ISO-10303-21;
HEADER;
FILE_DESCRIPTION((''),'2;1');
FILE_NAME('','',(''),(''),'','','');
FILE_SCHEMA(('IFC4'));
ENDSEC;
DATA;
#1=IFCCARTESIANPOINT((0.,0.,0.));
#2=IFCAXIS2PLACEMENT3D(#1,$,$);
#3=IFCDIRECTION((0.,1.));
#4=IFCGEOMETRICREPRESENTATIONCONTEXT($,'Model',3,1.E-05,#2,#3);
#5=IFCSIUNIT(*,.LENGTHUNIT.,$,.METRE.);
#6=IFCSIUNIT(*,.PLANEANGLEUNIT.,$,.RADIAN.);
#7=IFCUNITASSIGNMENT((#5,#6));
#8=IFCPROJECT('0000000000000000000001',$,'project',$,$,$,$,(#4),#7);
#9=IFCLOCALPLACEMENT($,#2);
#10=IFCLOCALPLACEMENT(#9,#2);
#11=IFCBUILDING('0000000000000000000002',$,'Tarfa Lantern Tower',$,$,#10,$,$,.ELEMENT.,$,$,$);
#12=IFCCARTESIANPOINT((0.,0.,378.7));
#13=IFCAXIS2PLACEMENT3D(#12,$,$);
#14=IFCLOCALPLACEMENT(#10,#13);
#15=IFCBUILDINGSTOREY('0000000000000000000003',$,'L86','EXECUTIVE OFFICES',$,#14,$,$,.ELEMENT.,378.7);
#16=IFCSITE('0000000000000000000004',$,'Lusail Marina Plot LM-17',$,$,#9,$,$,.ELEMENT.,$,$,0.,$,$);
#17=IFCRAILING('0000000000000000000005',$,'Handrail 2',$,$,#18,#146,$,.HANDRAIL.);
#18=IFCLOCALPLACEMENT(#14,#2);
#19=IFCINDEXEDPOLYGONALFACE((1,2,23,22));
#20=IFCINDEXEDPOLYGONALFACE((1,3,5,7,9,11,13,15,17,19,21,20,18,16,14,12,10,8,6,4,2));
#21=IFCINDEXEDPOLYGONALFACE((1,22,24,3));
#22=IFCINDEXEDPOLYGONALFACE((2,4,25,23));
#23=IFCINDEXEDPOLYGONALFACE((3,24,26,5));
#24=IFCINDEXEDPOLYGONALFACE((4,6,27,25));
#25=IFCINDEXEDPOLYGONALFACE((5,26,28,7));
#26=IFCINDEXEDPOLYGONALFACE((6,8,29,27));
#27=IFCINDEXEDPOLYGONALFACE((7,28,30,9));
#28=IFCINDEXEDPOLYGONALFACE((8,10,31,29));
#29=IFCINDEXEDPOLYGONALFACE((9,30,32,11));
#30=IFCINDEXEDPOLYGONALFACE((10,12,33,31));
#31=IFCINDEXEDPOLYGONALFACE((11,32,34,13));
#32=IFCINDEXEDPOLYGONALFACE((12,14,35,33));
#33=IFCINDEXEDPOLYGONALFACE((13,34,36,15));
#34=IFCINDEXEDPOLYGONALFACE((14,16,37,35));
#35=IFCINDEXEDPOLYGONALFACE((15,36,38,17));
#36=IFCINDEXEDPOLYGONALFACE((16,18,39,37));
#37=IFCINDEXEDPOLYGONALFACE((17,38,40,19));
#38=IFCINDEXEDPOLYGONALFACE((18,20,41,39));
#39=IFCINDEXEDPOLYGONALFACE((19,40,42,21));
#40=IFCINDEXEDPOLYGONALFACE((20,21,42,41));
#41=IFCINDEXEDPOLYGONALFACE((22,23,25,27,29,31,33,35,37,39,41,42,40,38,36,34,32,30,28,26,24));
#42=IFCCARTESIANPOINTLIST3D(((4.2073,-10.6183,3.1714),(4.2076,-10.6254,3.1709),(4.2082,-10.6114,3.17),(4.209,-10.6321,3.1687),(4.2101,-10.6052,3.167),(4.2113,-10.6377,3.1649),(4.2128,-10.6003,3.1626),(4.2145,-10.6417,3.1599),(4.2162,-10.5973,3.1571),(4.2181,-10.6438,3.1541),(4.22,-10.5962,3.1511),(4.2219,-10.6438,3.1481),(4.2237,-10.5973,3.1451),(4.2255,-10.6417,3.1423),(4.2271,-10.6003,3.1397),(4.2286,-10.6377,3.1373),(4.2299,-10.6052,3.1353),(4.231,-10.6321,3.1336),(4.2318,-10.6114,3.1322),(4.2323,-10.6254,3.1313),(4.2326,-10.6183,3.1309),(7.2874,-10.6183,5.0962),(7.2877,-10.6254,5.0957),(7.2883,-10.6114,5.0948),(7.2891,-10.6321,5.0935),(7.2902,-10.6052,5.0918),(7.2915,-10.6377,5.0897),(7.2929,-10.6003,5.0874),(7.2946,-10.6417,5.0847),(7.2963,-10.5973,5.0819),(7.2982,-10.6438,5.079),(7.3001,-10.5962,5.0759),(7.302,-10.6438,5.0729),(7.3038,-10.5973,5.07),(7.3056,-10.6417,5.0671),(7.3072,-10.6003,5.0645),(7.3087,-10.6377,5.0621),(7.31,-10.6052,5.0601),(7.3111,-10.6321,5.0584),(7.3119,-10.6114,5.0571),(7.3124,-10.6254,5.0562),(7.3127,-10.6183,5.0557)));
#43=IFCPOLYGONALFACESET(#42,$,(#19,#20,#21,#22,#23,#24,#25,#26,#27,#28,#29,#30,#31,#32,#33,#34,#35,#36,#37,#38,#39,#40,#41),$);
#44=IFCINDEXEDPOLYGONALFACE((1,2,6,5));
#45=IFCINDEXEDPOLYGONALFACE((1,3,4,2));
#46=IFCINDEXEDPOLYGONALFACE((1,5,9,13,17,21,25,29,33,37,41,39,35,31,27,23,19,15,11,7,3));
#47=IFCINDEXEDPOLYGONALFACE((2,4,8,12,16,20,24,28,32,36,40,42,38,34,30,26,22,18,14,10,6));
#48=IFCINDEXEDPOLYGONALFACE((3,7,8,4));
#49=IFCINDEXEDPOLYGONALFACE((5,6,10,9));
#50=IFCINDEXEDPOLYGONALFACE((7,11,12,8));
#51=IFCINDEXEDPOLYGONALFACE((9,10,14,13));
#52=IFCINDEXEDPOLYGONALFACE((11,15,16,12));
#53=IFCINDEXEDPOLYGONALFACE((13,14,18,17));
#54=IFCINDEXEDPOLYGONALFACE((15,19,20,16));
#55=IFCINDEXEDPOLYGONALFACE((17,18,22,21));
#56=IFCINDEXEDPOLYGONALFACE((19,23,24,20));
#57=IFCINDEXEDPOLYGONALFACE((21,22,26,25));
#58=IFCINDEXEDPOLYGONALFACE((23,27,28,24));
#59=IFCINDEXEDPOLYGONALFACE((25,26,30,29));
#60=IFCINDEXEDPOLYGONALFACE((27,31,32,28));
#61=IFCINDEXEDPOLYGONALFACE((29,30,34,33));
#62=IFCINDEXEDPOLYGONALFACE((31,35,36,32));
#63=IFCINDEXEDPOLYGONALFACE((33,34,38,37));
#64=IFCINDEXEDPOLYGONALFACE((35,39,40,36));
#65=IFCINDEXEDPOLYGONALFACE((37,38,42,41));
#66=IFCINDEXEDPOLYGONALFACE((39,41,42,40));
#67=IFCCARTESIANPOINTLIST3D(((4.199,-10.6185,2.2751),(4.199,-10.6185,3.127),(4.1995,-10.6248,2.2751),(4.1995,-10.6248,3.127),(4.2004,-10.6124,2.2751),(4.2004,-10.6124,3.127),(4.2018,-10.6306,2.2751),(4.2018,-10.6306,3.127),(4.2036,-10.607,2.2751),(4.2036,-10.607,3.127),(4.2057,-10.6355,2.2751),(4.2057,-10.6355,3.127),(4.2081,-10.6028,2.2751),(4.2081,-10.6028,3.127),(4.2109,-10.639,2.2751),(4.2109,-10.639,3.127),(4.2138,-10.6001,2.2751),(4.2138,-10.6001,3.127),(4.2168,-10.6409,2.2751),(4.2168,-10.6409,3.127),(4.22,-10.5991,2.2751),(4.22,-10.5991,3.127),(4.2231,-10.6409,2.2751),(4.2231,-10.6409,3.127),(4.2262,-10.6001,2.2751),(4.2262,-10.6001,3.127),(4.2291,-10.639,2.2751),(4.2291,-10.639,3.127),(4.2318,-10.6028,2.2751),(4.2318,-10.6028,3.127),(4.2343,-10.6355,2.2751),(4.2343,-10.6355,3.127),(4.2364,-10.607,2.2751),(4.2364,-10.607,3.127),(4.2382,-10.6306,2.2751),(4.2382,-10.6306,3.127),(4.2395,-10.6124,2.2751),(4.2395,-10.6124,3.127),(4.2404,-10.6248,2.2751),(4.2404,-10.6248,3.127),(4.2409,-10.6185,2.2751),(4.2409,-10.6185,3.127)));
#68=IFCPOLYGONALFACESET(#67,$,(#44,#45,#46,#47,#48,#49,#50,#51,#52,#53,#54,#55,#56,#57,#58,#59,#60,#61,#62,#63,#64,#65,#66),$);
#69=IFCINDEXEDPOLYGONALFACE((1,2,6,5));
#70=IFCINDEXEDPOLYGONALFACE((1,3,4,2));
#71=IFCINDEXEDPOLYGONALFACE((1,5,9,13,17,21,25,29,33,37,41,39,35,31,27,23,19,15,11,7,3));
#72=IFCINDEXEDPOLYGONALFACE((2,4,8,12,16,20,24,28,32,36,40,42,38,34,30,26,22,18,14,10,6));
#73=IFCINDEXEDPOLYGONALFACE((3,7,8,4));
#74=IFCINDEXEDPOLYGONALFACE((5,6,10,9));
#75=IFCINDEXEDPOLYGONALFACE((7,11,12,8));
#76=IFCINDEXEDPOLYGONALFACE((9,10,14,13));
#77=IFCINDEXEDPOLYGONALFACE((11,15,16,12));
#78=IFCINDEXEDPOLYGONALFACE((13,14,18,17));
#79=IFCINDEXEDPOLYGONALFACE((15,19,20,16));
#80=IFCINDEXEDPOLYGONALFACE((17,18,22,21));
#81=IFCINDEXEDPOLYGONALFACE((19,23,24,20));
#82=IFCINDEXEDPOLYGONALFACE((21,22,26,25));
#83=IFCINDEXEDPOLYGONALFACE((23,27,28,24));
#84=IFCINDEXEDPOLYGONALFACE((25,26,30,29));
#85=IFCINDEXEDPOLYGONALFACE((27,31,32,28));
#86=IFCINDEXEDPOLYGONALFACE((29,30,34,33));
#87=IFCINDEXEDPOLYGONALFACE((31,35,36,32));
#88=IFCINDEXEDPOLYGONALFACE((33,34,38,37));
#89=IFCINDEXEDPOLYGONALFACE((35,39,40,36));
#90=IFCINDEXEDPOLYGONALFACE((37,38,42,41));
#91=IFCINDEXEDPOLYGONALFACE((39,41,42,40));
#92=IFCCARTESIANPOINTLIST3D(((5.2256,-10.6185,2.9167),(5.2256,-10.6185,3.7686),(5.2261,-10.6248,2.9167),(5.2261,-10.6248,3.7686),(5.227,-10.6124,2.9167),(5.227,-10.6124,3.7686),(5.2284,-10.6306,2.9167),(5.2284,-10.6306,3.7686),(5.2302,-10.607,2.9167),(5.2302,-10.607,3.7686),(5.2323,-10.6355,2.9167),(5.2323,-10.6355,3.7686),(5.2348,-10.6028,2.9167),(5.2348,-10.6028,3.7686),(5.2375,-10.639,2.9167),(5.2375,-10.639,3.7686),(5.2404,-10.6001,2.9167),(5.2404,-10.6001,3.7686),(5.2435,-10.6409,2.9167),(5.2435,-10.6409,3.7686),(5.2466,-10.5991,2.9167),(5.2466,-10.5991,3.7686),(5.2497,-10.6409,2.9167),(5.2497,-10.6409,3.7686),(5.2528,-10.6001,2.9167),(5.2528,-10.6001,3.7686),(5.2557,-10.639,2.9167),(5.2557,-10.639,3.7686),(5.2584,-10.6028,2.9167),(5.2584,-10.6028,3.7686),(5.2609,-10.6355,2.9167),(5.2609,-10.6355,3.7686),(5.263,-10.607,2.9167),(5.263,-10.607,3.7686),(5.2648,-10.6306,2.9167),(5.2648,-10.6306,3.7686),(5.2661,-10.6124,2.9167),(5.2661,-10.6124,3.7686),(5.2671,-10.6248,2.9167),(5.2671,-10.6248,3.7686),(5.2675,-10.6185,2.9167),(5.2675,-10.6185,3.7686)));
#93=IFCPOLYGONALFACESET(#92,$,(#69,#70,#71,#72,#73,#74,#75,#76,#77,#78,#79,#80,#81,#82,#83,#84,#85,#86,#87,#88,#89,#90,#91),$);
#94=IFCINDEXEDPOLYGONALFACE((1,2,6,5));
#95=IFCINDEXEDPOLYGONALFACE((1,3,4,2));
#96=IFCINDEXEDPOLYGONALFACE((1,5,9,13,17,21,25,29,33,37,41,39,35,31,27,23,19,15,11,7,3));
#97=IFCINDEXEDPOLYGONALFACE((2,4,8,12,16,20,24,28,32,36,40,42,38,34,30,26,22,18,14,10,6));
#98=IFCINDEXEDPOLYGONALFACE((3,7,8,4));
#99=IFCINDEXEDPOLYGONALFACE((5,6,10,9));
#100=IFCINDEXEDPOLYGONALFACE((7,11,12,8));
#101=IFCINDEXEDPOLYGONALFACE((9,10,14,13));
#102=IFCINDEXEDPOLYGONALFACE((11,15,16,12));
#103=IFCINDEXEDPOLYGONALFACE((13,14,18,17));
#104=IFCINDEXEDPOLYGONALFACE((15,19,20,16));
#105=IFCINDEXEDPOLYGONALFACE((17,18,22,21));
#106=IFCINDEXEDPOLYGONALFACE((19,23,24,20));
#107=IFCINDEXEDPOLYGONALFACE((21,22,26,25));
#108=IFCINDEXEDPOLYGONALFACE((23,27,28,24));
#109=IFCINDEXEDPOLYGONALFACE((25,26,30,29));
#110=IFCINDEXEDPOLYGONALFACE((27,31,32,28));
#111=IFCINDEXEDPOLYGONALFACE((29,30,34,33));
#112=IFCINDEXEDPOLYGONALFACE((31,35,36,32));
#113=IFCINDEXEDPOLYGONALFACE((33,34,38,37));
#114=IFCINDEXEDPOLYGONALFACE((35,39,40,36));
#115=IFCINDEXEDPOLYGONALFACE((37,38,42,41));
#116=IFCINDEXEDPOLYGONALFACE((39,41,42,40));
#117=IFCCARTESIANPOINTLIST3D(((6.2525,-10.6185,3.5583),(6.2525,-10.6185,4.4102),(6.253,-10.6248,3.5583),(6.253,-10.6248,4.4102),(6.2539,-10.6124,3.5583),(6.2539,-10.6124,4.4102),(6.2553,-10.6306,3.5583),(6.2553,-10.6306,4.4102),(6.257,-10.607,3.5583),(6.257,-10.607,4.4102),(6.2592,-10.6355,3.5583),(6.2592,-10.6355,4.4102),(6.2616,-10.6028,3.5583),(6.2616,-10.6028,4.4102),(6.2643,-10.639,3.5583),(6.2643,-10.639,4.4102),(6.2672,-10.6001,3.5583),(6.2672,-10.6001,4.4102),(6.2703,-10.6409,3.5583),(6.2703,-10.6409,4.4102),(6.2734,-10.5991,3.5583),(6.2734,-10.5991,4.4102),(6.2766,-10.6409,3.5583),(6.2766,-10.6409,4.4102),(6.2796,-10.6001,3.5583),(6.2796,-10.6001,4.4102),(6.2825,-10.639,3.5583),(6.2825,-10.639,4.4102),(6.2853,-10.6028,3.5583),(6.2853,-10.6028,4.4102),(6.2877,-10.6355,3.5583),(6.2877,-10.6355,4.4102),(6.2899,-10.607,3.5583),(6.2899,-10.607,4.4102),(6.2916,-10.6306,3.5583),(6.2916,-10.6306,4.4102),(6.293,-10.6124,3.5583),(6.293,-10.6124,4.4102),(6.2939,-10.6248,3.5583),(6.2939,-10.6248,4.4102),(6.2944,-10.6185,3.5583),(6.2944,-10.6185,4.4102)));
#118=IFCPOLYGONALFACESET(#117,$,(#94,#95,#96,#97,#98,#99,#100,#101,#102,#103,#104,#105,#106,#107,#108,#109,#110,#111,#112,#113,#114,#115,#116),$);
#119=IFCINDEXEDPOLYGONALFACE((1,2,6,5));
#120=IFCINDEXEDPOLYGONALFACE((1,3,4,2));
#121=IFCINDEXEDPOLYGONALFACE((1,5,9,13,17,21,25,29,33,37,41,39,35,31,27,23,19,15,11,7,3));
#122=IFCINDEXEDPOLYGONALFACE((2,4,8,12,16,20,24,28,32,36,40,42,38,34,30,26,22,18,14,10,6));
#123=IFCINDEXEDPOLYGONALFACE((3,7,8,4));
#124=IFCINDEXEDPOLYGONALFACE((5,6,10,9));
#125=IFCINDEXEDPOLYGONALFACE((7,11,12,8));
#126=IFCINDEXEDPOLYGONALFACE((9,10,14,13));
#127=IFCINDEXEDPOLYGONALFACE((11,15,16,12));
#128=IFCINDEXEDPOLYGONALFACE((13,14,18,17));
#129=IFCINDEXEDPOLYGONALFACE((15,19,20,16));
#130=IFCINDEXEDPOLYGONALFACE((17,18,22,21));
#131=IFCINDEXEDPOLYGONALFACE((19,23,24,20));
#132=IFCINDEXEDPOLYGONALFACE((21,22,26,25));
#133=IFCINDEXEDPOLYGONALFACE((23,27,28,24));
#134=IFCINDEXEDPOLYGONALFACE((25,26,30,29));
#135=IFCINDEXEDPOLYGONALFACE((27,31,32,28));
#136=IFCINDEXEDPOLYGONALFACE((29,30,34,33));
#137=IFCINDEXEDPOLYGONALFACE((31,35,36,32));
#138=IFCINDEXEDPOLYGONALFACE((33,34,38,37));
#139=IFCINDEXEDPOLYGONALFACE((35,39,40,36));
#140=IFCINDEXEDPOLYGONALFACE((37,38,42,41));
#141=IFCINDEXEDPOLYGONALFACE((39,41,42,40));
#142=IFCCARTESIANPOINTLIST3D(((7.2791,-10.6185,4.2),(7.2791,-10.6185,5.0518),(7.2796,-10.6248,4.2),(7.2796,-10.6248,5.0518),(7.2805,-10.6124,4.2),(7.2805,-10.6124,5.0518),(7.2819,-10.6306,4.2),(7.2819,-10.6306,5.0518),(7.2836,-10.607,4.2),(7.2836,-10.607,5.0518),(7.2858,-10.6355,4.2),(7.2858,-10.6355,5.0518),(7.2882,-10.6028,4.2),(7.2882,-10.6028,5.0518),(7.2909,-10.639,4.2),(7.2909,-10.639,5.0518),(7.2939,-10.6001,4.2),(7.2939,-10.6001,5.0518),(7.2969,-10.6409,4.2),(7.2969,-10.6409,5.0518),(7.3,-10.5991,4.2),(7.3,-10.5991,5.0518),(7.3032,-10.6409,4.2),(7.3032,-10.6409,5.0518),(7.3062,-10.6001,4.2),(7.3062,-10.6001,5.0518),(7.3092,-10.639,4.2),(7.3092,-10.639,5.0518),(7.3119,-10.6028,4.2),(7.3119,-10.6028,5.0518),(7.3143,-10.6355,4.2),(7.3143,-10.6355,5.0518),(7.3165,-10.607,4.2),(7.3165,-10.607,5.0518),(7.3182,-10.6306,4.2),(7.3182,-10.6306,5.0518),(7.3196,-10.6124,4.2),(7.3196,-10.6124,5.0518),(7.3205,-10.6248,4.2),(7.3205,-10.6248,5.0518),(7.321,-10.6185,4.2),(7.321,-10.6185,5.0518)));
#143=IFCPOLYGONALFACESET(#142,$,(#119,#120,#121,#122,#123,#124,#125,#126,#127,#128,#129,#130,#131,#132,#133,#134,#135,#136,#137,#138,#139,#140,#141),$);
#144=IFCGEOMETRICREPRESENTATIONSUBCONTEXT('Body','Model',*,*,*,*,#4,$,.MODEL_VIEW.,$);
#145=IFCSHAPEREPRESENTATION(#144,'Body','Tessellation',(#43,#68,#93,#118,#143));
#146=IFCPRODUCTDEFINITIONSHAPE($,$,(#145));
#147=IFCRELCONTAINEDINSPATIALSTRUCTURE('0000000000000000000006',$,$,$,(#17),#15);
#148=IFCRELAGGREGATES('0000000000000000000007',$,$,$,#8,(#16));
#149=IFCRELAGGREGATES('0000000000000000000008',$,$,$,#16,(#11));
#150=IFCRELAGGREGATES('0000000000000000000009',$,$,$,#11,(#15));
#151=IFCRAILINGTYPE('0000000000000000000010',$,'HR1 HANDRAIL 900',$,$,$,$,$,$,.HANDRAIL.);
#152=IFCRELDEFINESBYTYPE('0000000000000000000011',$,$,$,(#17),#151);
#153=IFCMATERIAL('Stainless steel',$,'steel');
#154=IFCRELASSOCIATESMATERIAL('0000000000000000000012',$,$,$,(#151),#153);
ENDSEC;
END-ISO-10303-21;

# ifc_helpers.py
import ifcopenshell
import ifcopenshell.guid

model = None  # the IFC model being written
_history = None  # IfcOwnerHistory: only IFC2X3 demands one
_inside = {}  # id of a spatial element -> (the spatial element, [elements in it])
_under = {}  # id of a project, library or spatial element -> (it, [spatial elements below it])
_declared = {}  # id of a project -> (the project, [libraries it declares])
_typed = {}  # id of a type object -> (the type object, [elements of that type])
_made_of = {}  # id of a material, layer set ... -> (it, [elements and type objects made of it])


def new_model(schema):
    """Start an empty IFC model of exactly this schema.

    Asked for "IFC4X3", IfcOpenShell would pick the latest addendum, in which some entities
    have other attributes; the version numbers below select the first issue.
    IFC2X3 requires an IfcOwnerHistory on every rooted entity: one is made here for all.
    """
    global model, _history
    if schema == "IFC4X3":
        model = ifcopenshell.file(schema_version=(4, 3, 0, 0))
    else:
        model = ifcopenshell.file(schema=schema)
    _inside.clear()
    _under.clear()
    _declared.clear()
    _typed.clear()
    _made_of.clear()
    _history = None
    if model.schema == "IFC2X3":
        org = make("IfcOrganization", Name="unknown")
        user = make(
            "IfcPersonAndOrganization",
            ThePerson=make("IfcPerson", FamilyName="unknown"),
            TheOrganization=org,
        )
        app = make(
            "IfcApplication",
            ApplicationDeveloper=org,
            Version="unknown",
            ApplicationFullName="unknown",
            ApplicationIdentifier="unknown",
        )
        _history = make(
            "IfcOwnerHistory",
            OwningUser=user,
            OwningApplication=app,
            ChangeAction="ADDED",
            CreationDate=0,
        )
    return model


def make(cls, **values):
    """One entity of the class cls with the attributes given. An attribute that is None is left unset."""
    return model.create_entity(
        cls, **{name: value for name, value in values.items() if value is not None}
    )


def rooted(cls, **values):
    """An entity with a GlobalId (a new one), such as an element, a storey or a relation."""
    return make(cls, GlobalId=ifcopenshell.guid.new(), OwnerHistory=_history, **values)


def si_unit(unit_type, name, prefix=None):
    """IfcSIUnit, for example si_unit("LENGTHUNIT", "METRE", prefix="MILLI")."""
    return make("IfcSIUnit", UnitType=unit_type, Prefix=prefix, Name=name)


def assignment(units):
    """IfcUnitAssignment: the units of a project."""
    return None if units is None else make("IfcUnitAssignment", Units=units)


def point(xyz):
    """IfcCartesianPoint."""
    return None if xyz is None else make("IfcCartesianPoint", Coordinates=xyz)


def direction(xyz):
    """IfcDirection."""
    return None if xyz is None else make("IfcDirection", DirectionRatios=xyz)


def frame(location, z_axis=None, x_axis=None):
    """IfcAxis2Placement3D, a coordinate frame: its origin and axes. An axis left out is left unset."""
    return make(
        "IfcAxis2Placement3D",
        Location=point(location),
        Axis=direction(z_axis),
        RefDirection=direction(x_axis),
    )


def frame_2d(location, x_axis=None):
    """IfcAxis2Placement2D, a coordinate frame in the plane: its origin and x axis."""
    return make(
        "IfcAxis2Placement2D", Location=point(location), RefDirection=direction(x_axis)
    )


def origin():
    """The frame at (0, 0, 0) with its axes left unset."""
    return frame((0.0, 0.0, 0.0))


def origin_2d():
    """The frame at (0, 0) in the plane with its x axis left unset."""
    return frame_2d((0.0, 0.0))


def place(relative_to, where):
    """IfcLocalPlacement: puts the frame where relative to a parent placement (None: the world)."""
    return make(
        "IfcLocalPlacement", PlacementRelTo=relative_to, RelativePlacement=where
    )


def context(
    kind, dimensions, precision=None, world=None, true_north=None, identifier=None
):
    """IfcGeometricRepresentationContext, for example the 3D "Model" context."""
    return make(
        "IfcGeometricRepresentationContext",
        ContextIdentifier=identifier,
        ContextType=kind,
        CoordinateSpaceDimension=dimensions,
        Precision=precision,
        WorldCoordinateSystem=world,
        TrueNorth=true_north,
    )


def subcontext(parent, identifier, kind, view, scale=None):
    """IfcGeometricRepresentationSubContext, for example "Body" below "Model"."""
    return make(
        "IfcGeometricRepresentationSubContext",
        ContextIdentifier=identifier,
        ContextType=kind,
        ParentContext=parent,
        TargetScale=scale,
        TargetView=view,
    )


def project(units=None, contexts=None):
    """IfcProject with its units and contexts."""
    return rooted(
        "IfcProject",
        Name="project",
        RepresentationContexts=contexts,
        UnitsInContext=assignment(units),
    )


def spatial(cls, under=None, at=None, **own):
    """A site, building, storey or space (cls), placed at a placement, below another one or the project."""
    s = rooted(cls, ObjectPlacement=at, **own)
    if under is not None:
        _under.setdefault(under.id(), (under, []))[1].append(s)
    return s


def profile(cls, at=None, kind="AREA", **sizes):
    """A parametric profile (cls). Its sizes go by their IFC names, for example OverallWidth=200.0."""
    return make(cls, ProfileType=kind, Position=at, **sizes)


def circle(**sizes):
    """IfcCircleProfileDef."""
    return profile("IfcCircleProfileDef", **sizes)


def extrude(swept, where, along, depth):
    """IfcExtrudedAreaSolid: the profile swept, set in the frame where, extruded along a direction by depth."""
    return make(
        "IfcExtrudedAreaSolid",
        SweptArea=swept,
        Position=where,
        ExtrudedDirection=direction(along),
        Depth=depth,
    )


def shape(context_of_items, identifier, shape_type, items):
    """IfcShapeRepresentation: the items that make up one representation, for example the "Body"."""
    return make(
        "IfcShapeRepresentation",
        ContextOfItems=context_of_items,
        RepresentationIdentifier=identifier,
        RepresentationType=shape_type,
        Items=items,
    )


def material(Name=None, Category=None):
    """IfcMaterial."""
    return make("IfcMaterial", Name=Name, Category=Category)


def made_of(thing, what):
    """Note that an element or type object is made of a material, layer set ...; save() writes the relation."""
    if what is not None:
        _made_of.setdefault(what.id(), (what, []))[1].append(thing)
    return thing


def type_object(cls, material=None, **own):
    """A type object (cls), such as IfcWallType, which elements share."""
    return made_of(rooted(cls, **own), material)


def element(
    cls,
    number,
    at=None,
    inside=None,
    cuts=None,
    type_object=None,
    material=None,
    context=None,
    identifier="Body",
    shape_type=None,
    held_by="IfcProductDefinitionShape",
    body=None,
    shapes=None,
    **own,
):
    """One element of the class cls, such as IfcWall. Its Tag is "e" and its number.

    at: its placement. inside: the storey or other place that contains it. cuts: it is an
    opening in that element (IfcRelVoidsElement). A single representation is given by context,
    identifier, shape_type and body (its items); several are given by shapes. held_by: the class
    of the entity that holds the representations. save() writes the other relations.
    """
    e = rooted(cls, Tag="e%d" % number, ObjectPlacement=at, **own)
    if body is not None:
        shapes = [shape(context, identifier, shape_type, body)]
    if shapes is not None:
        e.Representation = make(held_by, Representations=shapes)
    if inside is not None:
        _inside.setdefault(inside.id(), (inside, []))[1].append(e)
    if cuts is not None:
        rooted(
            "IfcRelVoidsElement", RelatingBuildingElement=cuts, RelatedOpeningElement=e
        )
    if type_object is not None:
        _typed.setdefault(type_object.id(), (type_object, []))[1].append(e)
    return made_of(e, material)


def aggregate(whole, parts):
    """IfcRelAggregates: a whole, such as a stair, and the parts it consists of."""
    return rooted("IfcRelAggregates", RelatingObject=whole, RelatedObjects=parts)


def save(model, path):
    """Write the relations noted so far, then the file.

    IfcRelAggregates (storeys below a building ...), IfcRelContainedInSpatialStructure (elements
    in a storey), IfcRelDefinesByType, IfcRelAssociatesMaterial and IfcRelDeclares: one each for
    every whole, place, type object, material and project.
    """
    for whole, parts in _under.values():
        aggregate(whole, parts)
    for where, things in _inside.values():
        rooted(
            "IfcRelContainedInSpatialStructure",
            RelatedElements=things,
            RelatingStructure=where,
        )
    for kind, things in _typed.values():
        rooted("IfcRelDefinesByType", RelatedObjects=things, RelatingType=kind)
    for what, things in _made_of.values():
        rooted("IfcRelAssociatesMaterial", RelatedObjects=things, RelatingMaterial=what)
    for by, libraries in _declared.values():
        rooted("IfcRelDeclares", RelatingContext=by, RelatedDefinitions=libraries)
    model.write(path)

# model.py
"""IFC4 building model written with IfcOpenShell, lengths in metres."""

from ifc_helpers import new_model, si_unit, direction, frame, origin, origin_2d, place, context, subcontext, project, spatial, circle, extrude, material, type_object, element, save


model = new_model("IFC4")

# Units and contexts
model_context = context("Model", 3, precision=1e-05, world=origin(), true_north=direction((0.0, 1.0)))
body_context = subcontext(model_context, "Body", "Model", "MODEL_VIEW")
ifc_project = project(units=[si_unit("LENGTHUNIT", "METRE"), si_unit("PLANEANGLEUNIT", "RADIAN")], contexts=[model_context])

# Site, building, storey
site_placement = place(None, origin())
site = spatial("IfcSite", under=ifc_project, at=site_placement, Name="Lusail Marina Plot LM-17", CompositionType="ELEMENT", RefElevation=0.0)
building_placement = place(site_placement, origin())
building = spatial("IfcBuilding", under=site, at=building_placement, Name="Tarfa Lantern Tower", CompositionType="ELEMENT")
storey_placement = place(building_placement, frame((0.0, 0.0, 378.7)))
storey = spatial("IfcBuildingStorey", under=building, at=storey_placement, Name="L86", Description="EXECUTIVE OFFICES", CompositionType="ELEMENT", Elevation=378.7)

# Railing
ifc_material_1 = material(Name="Stainless steel", Category="steel")
railing_type = type_object("IfcRailingType", Name="HR1 HANDRAIL 900", PredefinedType="HANDRAIL", material=ifc_material_1)
railing_placement = place(storey_placement, frame((4.22, -10.6201, 2.2751)))
element("IfcRailing", 1, at=railing_placement, inside=storey, type_object=railing_type, Name="Handrail 2", PredefinedType="HANDRAIL", context=body_context, shape_type="SweptSolid", body=[
    extrude(circle(Radius=0.0239, at=origin_2d()), frame((0.0, 0.0, 0.876), z_axis=(0.848029, 0.0, 0.529951), x_axis=(0.0, 1.0, 0.0)), (0.0, 0.0, 1.0), 3.6321),
    extrude(circle(Radius=0.021, at=origin_2d()), frame((0.0, 0.0, 0.0), z_axis=(0.0, 0.0, 1.0), x_axis=(0.0, 1.0, 0.0)), (0.0, 0.0, 1.0), 0.8518),
    extrude(circle(Radius=0.021, at=origin_2d()), frame((1.0266, 0.0, 0.6416), z_axis=(0.0, 0.0, 1.0), x_axis=(0.0, 1.0, 0.0)), (0.0, 0.0, 1.0), 0.8518),
    extrude(circle(Radius=0.021, at=origin_2d()), frame((2.0535, 0.0, 1.2832), z_axis=(0.0, 0.0, 1.0), x_axis=(0.0, 1.0, 0.0)), (0.0, 0.0, 1.0), 0.8518),
    extrude(circle(Radius=0.021, at=origin_2d()), frame((3.0801, 0.0, 1.9248), z_axis=(0.0, 0.0, 1.0), x_axis=(0.0, 1.0, 0.0)), (0.0, 0.0, 1.0), 0.8518),
])

save(model, "model.ifc")
